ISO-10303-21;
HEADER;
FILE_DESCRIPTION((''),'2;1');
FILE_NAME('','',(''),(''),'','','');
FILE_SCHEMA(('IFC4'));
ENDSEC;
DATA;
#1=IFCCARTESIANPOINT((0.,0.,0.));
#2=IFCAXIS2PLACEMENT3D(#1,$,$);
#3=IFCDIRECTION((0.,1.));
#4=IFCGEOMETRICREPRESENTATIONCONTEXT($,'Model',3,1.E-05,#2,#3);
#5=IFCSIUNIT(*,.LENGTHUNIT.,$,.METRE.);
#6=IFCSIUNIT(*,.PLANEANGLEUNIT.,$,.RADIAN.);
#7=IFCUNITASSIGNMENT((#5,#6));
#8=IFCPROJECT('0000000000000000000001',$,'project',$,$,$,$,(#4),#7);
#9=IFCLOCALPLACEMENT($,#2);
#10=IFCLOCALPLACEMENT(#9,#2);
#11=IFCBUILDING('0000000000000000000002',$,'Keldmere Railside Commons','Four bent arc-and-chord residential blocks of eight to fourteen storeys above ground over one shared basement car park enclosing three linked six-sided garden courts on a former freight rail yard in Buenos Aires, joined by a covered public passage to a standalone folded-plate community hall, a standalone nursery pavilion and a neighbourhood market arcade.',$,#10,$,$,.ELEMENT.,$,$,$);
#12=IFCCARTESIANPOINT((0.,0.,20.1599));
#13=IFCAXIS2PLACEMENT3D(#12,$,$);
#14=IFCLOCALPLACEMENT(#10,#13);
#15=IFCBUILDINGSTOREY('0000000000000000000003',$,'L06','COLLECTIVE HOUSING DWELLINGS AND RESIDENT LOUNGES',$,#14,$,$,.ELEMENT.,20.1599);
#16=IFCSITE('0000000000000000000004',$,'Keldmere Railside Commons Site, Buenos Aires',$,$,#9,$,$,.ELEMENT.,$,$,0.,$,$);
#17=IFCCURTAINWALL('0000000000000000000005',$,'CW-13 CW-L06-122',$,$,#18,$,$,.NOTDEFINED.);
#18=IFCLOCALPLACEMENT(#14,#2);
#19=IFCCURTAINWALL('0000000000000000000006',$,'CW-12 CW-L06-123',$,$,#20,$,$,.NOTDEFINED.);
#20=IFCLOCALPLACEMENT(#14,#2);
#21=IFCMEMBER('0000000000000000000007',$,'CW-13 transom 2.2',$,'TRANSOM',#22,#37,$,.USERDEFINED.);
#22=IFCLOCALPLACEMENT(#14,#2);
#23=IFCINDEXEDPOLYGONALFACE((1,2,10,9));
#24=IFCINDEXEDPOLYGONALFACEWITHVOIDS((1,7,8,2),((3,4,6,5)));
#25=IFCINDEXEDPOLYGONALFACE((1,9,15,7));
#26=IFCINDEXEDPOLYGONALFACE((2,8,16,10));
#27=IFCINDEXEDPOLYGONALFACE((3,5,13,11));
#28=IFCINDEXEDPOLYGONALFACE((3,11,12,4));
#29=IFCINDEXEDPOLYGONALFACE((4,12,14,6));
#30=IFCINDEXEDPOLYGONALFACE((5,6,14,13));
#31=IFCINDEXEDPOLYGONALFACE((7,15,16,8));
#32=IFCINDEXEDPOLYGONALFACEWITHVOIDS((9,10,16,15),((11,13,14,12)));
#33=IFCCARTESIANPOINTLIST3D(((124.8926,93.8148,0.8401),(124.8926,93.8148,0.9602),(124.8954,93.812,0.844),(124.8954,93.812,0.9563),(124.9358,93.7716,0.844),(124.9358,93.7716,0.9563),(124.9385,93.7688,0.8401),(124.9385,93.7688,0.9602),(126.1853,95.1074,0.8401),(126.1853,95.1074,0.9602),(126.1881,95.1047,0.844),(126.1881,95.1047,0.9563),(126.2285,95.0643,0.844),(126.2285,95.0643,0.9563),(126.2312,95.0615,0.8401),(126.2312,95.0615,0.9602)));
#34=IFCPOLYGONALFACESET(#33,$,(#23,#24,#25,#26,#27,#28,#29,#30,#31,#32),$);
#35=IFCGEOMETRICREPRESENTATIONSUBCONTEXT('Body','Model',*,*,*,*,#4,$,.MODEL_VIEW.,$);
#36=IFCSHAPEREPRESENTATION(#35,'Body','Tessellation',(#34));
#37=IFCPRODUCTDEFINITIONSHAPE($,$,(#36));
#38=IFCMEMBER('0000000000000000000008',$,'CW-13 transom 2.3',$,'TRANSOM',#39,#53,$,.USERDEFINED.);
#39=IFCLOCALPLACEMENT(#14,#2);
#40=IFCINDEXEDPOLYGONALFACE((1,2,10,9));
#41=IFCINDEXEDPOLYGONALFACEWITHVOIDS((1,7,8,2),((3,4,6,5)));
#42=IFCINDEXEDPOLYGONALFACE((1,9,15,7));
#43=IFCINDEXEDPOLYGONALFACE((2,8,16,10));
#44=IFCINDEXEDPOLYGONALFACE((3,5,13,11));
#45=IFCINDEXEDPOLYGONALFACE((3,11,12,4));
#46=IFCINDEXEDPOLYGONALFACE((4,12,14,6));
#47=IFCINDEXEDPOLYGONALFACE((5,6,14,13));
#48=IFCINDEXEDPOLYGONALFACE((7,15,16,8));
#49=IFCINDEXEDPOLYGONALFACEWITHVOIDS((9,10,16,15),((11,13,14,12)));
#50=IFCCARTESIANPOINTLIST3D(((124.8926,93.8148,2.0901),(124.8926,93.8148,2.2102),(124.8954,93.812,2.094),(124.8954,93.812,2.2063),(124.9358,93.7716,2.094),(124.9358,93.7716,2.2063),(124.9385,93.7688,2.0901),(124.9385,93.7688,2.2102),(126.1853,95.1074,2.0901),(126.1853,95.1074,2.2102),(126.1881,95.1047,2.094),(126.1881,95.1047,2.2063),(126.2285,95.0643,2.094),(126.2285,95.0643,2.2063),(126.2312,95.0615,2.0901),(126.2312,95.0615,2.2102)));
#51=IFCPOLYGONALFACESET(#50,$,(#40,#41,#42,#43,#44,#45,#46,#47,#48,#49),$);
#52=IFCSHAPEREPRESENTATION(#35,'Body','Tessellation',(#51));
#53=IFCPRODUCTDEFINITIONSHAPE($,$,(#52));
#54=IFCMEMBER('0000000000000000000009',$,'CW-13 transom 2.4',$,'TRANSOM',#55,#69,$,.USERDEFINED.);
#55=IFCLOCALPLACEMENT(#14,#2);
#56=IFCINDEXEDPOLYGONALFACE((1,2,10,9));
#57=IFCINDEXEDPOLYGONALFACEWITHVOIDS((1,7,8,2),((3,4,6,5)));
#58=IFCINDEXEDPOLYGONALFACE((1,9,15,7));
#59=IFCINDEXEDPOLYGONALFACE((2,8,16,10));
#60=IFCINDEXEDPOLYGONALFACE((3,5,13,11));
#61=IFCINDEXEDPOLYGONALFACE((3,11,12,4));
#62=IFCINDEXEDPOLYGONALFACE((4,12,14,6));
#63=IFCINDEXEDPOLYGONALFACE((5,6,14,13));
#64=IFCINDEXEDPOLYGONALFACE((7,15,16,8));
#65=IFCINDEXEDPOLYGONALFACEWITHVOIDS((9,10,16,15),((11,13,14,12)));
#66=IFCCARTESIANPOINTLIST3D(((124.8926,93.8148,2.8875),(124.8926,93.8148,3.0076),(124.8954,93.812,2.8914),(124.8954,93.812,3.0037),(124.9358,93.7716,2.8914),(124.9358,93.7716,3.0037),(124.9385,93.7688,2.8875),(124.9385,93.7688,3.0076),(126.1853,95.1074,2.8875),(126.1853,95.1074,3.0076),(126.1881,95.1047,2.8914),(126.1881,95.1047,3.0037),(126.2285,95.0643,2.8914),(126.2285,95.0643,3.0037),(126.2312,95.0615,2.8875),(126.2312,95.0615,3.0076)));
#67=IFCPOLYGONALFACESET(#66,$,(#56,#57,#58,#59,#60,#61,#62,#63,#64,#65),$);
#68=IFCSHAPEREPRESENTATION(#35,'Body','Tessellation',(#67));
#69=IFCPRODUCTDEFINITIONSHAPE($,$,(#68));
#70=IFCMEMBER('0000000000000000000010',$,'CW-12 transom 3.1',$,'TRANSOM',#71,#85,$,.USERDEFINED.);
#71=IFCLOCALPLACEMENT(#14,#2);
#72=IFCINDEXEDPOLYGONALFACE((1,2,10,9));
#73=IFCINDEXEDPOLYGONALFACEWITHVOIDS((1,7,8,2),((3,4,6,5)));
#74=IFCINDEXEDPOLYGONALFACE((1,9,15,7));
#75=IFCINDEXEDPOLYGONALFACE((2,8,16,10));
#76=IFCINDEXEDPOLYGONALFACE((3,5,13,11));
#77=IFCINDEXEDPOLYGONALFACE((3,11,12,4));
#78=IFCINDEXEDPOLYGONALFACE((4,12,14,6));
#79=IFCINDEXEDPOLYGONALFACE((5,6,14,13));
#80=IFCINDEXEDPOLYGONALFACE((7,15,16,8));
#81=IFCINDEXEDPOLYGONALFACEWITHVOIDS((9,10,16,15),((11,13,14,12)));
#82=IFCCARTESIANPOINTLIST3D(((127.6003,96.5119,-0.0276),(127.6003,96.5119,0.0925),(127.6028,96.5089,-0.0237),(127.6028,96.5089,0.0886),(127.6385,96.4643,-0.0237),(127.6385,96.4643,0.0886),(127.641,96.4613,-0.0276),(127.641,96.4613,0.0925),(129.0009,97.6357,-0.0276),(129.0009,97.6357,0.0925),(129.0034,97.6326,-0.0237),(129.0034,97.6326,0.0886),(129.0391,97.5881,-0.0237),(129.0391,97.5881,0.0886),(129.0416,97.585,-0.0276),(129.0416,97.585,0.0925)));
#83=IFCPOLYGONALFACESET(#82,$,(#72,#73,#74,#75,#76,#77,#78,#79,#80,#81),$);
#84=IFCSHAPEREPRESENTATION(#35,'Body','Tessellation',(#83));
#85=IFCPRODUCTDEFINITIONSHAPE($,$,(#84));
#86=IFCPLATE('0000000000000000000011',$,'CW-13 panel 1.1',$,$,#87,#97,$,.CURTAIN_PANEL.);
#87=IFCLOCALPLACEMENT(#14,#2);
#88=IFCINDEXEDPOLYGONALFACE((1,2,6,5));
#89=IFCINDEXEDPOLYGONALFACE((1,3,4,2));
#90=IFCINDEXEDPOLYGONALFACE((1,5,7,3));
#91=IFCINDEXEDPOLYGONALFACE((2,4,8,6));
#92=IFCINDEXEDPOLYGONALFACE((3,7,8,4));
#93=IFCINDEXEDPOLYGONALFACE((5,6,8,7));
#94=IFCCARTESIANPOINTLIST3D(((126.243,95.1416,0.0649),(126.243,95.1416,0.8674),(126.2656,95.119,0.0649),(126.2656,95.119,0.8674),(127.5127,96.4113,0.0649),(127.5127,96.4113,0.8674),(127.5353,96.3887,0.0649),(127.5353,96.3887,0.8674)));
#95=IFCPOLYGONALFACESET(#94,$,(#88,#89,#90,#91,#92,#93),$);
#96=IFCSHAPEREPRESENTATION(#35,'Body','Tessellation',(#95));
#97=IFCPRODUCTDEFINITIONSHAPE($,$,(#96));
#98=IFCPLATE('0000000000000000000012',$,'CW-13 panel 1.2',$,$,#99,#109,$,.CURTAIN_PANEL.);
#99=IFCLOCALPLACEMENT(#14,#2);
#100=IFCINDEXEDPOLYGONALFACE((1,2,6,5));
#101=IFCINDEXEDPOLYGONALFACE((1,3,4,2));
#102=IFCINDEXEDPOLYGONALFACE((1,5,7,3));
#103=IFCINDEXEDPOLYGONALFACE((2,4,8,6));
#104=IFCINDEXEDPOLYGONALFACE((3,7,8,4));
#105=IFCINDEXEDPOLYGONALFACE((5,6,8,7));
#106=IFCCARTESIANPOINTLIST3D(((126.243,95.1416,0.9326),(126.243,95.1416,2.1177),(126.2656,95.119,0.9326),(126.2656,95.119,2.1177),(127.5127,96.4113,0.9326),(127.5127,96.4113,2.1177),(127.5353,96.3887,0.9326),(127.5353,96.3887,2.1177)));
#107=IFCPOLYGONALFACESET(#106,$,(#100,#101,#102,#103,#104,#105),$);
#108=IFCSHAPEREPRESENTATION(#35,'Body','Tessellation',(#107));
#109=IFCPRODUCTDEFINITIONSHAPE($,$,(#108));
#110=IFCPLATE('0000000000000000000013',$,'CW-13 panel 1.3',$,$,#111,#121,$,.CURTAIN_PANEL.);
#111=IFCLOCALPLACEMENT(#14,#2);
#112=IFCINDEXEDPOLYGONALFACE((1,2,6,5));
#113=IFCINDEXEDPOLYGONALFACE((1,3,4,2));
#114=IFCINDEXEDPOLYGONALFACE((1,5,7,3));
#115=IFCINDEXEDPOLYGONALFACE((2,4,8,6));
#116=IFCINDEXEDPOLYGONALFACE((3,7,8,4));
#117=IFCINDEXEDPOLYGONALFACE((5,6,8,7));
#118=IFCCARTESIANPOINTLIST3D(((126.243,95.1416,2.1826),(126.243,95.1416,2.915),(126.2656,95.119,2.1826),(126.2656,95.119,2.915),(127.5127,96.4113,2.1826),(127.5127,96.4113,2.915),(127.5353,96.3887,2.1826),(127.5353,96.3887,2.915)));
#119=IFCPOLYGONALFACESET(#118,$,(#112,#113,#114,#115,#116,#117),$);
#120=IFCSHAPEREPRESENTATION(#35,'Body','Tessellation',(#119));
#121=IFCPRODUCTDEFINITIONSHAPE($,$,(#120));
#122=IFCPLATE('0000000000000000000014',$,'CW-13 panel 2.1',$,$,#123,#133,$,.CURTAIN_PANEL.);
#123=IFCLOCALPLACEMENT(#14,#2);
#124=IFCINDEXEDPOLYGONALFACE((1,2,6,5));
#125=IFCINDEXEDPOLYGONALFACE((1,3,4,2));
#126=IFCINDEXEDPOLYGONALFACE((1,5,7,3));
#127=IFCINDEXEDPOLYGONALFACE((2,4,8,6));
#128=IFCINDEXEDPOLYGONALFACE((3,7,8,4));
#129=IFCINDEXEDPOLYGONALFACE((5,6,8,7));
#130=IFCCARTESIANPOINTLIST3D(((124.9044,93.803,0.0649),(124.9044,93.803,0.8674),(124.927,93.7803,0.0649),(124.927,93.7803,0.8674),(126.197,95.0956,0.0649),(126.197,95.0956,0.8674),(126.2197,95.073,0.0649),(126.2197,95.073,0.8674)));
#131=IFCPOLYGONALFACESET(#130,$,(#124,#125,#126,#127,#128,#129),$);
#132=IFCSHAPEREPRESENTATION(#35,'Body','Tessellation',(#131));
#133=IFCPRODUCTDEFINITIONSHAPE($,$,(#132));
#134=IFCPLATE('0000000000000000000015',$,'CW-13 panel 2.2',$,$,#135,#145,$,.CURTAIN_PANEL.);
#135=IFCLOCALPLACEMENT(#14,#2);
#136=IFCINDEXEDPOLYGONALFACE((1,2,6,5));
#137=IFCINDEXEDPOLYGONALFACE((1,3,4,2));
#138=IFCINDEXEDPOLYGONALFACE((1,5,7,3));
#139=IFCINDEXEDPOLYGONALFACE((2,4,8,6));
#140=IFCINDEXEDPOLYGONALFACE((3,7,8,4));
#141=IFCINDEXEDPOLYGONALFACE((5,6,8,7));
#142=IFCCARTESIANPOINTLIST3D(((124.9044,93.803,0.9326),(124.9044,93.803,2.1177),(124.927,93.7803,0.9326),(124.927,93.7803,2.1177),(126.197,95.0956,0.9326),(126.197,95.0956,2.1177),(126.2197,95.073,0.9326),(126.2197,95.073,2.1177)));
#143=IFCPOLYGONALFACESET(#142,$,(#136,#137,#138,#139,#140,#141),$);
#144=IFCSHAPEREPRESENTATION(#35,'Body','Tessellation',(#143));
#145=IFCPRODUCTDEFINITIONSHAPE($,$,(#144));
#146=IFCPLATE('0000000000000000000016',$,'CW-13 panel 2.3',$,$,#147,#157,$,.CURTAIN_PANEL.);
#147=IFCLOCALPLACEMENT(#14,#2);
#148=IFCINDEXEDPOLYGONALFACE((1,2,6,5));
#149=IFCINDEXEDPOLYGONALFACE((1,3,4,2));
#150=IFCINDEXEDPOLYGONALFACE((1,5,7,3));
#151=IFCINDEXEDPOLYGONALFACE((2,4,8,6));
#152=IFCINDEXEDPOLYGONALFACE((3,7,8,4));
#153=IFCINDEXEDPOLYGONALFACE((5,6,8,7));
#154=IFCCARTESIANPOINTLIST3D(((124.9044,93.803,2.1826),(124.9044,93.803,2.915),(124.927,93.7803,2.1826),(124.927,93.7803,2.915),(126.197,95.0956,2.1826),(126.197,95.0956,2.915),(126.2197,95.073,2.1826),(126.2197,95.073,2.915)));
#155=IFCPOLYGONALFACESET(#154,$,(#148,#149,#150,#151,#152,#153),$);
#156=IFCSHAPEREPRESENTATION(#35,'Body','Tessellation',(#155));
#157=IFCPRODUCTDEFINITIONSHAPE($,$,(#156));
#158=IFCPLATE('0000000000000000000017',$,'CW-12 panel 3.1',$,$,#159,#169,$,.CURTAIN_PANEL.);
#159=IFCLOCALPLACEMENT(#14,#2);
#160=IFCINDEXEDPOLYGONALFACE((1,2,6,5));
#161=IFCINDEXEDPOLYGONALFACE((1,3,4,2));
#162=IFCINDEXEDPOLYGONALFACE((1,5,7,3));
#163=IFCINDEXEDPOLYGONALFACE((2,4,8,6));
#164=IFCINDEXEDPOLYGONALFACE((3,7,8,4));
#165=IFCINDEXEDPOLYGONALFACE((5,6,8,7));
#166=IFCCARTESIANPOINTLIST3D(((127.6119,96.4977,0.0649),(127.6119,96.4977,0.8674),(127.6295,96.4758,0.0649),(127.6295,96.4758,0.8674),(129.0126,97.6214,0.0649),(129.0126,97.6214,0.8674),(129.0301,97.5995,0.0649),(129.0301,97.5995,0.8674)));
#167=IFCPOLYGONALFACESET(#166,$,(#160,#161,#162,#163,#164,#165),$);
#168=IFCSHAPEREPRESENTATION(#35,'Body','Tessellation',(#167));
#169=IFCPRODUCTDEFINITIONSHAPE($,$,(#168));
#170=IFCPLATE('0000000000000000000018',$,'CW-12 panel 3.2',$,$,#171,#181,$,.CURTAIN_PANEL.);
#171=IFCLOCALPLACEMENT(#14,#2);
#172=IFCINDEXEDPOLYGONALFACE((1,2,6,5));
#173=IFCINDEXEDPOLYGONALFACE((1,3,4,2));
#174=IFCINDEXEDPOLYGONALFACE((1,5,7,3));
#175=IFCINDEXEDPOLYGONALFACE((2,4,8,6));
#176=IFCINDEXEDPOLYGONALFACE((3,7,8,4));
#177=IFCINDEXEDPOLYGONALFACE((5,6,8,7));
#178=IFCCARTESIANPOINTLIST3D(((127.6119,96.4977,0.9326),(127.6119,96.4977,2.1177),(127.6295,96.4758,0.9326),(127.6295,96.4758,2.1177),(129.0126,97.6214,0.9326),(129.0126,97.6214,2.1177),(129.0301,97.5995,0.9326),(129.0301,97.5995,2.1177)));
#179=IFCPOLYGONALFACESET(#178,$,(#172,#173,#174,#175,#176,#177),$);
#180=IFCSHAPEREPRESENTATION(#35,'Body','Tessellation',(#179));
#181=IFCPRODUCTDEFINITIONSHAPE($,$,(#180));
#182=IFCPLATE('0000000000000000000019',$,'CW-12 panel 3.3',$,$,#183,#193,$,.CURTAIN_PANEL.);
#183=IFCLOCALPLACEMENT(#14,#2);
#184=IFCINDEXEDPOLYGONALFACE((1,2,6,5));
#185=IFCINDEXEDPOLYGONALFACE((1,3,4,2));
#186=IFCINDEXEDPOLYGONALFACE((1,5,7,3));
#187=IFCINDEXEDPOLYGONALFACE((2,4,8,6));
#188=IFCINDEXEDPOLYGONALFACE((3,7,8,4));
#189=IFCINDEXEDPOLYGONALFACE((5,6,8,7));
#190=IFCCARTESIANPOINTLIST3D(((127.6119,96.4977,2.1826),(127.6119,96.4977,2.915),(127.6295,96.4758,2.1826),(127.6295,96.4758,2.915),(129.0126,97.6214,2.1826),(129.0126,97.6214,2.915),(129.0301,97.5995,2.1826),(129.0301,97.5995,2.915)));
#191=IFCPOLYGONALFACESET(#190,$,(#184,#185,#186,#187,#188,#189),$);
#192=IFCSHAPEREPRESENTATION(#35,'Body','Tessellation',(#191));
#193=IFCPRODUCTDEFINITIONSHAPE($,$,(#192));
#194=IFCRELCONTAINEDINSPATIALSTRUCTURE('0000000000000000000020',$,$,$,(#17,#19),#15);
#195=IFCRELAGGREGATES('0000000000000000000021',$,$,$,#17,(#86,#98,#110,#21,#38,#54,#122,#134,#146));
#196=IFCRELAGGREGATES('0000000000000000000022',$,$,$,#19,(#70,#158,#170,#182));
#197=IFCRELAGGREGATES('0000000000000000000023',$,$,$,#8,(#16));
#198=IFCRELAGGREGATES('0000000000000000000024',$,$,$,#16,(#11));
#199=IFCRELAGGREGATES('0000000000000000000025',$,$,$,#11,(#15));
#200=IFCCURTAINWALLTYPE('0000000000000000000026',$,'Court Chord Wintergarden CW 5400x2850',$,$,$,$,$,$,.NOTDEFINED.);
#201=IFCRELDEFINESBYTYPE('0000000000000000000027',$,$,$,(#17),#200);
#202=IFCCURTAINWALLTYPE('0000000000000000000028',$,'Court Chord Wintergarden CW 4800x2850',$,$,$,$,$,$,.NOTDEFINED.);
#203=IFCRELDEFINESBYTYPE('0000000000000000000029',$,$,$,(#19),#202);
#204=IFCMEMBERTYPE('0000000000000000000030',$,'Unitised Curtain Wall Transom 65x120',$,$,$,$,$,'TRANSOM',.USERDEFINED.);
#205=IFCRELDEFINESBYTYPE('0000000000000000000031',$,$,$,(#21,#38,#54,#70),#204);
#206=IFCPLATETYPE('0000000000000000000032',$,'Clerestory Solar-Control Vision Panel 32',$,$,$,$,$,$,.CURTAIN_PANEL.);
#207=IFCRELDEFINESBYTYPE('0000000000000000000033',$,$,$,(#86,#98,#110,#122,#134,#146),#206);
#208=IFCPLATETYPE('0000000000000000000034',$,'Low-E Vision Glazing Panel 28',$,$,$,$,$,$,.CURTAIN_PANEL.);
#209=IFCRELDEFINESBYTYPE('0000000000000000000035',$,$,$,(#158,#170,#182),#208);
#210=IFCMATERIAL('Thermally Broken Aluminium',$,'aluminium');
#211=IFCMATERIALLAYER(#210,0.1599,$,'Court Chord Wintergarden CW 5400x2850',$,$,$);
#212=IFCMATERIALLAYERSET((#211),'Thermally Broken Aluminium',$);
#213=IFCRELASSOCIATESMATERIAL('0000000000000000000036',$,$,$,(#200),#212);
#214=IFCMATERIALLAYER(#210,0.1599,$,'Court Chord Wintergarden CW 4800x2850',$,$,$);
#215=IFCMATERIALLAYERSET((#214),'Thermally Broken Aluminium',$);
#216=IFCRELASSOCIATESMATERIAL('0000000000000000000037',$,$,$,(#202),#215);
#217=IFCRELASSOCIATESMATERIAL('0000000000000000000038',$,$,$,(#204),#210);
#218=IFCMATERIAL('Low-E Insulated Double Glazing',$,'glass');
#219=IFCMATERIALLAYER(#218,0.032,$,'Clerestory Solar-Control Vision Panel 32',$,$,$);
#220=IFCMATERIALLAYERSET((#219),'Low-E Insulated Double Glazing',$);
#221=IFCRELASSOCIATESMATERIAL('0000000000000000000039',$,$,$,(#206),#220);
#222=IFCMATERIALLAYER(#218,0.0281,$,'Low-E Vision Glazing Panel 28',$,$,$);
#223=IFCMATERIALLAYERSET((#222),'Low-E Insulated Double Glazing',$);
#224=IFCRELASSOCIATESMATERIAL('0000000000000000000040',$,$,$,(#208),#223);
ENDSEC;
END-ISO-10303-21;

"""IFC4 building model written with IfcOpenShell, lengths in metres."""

from ifc_helpers import new_model, si_unit, direction, frame, origin, origin_2d, place, context, subcontext, project, spatial, rectangle, hollow_rectangle, extrude, material, layer, layer_set, material_profile, profile_set, type_object, element, aggregate, save


model = new_model("IFC4")

# Units and contexts
model_context = context("Model", 3, precision=1e-05, world=origin(), true_north=direction((0.0, 1.0)))
body_context = subcontext(model_context, "Body", "Model", "MODEL_VIEW")
ifc_project = project(units=[si_unit("LENGTHUNIT", "METRE"), si_unit("PLANEANGLEUNIT", "RADIAN")], contexts=[model_context])

# Site, building, storey
site_placement = place(None, origin())
site = spatial("IfcSite", under=ifc_project, at=site_placement, Name="Keldmere Railside Commons Site, Buenos Aires", CompositionType="ELEMENT", RefElevation=0.0)
building_placement = place(site_placement, origin())
building = spatial("IfcBuilding", under=site, at=building_placement, Name="Keldmere Railside Commons", Description="Four bent arc-and-chord residential blocks of eight to fourteen storeys above ground over one shared basement car park enclosing three linked six-sided garden courts on a former freight rail yard in Buenos Aires, joined by a covered public passage to a standalone folded-plate community hall, a standalone nursery pavilion and a neighbourhood market arcade.", CompositionType="ELEMENT")
storey_placement = place(building_placement, frame((0.0, 0.0, 20.1599)))
storey = spatial("IfcBuildingStorey", under=building, at=storey_placement, Name="L06", Description="COLLECTIVE HOUSING DWELLINGS AND RESIDENT LOUNGES", CompositionType="ELEMENT", Elevation=20.1599)

# Curtain wall
ifc_material_1 = material(Name="Thermally Broken Aluminium", Category="aluminium")
ifc_layer_1 = layer(ifc_material_1, 0.1599, Name="Court Chord Wintergarden CW 5400x2850")
ifc_layer_set_1 = layer_set([ifc_layer_1], Name="Thermally Broken Aluminium")
curtain_wall_type_1 = type_object("IfcCurtainWallType", Name="Court Chord Wintergarden CW 5400x2850", PredefinedType="NOTDEFINED", material=ifc_layer_set_1)
curtain_wall_1_placement = place(storey_placement, origin())
curtain_wall_1 = element("IfcCurtainWall", 1, at=curtain_wall_1_placement, inside=storey, type_object=curtain_wall_type_1, Name="CW-13 CW-L06-122", PredefinedType="NOTDEFINED")

# Curtain wall
ifc_layer_2 = layer(ifc_material_1, 0.1599, Name="Court Chord Wintergarden CW 4800x2850")
ifc_layer_set_2 = layer_set([ifc_layer_2], Name="Thermally Broken Aluminium")
curtain_wall_type_2 = type_object("IfcCurtainWallType", Name="Court Chord Wintergarden CW 4800x2850", PredefinedType="NOTDEFINED", material=ifc_layer_set_2)
curtain_wall_2_placement = place(storey_placement, origin())
curtain_wall_2 = element("IfcCurtainWall", 2, at=curtain_wall_2_placement, inside=storey, type_object=curtain_wall_type_2, Name="CW-12 CW-L06-123", PredefinedType="NOTDEFINED")

# Members
ifc_material_profile_1 = material_profile(ifc_material_1, hollow_rectangle(XDim=0.0649, YDim=0.1201, WallThickness=0.0039, at=origin_2d()), Name="ALU-TRAN-65x120")
ifc_profile_set_1 = profile_set([ifc_material_profile_1], Name="Thermally Broken Aluminium")
member_type_1 = type_object("IfcMemberType", Name="Unitised Curtain Wall Transom 65x120", ElementType="TRANSOM", PredefinedType="USERDEFINED", material=ifc_profile_set_1)
member_1_placement = place(storey_placement, frame((126.2083, 95.0845, 0.9001), z_axis=(-0.707107, -0.707107, 0.0), x_axis=(0.707107, -0.707107, 0.0)))
member_1 = element("IfcMember", 3, at=member_1_placement, type_object=member_type_1, Name="CW-13 transom 2.2", ObjectType="TRANSOM", PredefinedType="USERDEFINED", context=body_context, shape_type="SweptSolid", body=[
    extrude(hollow_rectangle(XDim=0.0649, YDim=0.1201, WallThickness=0.0039, at=origin_2d()), origin(), (0.0, 0.0, 1.0), 1.8281),
])
member_2_placement = place(storey_placement, frame((126.2083, 95.0845, 2.1501), z_axis=(-0.707107, -0.707107, 0.0), x_axis=(0.707107, -0.707107, 0.0)))
member_2 = element("IfcMember", 4, at=member_2_placement, type_object=member_type_1, Name="CW-13 transom 2.3", ObjectType="TRANSOM", PredefinedType="USERDEFINED", context=body_context, shape_type="SweptSolid", body=[
    extrude(hollow_rectangle(XDim=0.0649, YDim=0.1201, WallThickness=0.0039, at=origin_2d()), origin(), (0.0, 0.0, 1.0), 1.8281),
])
member_3_placement = place(storey_placement, frame((126.2083, 95.0845, 2.9475), z_axis=(-0.707107, -0.707107, 0.0), x_axis=(0.707107, -0.707107, 0.0)))
member_3 = element("IfcMember", 5, at=member_3_placement, type_object=member_type_1, Name="CW-13 transom 2.4", ObjectType="TRANSOM", PredefinedType="USERDEFINED", context=body_context, shape_type="SweptSolid", body=[
    extrude(hollow_rectangle(XDim=0.0649, YDim=0.1201, WallThickness=0.0039, at=origin_2d()), origin(), (0.0, 0.0, 1.0), 1.8281),
])
member_4_placement = place(storey_placement, frame((129.0212, 97.6104, 0.0325), z_axis=(-0.779979, -0.625805, 0.0), x_axis=(0.625805, -0.779979, 0.0)))
member_4 = element("IfcMember", 6, at=member_4_placement, type_object=member_type_1, Name="CW-12 transom 3.1", ObjectType="TRANSOM", PredefinedType="USERDEFINED", context=body_context, shape_type="SweptSolid", body=[
    extrude(hollow_rectangle(XDim=0.0649, YDim=0.1201, WallThickness=0.0039, at=origin_2d()), origin(), (0.0, 0.0, 1.0), 1.7957),
])

# Plates
ifc_material_2 = material(Name="Low-E Insulated Double Glazing", Category="glass")
ifc_layer_3 = layer(ifc_material_2, 0.032, Name="Clerestory Solar-Control Vision Panel 32")
ifc_layer_set_3 = layer_set([ifc_layer_3], Name="Low-E Insulated Double Glazing")
plate_type_1 = type_object("IfcPlateType", Name="Clerestory Solar-Control Vision Panel 32", PredefinedType="CURTAIN_PANEL", material=ifc_layer_set_3)
plate_1_placement = place(storey_placement, frame((126.8892, 95.7651, 0.0649), z_axis=(0.0, 0.0, 1.0), x_axis=(-0.707107, -0.707107, 0.0)))
plate_1 = element("IfcPlate", 7, at=plate_1_placement, type_object=plate_type_1, Name="CW-13 panel 1.1", PredefinedType="CURTAIN_PANEL", context=body_context, shape_type="SweptSolid", body=[
    extrude(rectangle(XDim=1.7957, YDim=0.032, at=origin_2d()), origin(), (0.0, 0.0, 1.0), 0.8025),
])
plate_2_placement = place(storey_placement, frame((126.8892, 95.7651, 0.9326), z_axis=(0.0, 0.0, 1.0), x_axis=(-0.707107, -0.707107, 0.0)))
plate_2 = element("IfcPlate", 8, at=plate_2_placement, type_object=plate_type_1, Name="CW-13 panel 1.2", PredefinedType="CURTAIN_PANEL", context=body_context, shape_type="SweptSolid", body=[
    extrude(rectangle(XDim=1.7957, YDim=0.032, at=origin_2d()), origin(), (0.0, 0.0, 1.0), 1.1851),
])
plate_3_placement = place(storey_placement, frame((126.8892, 95.7651, 2.1826), z_axis=(0.0, 0.0, 1.0), x_axis=(-0.707107, -0.707107, 0.0)))
plate_3 = element("IfcPlate", 9, at=plate_3_placement, type_object=plate_type_1, Name="CW-13 panel 1.3", PredefinedType="CURTAIN_PANEL", context=body_context, shape_type="SweptSolid", body=[
    extrude(rectangle(XDim=1.7957, YDim=0.032, at=origin_2d()), origin(), (0.0, 0.0, 1.0), 0.7324),
])
plate_4_placement = place(storey_placement, frame((125.562, 94.438, 0.0649), z_axis=(0.0, 0.0, 1.0), x_axis=(-0.707107, -0.707107, 0.0)))
plate_4 = element("IfcPlate", 10, at=plate_4_placement, type_object=plate_type_1, Name="CW-13 panel 2.1", PredefinedType="CURTAIN_PANEL", context=body_context, shape_type="SweptSolid", body=[
    extrude(rectangle(XDim=1.8281, YDim=0.032, at=origin_2d()), origin(), (0.0, 0.0, 1.0), 0.8025),
])
plate_5_placement = place(storey_placement, frame((125.562, 94.438, 0.9326), z_axis=(0.0, 0.0, 1.0), x_axis=(-0.707107, -0.707107, 0.0)))
plate_5 = element("IfcPlate", 11, at=plate_5_placement, type_object=plate_type_1, Name="CW-13 panel 2.2", PredefinedType="CURTAIN_PANEL", context=body_context, shape_type="SweptSolid", body=[
    extrude(rectangle(XDim=1.8281, YDim=0.032, at=origin_2d()), origin(), (0.0, 0.0, 1.0), 1.1851),
])
plate_6_placement = place(storey_placement, frame((125.562, 94.438, 2.1826), z_axis=(0.0, 0.0, 1.0), x_axis=(-0.707107, -0.707107, 0.0)))
plate_6 = element("IfcPlate", 12, at=plate_6_placement, type_object=plate_type_1, Name="CW-13 panel 2.3", PredefinedType="CURTAIN_PANEL", context=body_context, shape_type="SweptSolid", body=[
    extrude(rectangle(XDim=1.8281, YDim=0.032, at=origin_2d()), origin(), (0.0, 0.0, 1.0), 0.7324),
])
aggregate(curtain_wall_1, [plate_1, plate_2, plate_3, member_1, member_2, member_3, plate_4, plate_5, plate_6])
ifc_layer_4 = layer(ifc_material_2, 0.0281, Name="Low-E Vision Glazing Panel 28")
ifc_layer_set_4 = layer_set([ifc_layer_4], Name="Low-E Insulated Double Glazing")
plate_type_2 = type_object("IfcPlateType", Name="Low-E Vision Glazing Panel 28", PredefinedType="CURTAIN_PANEL", material=ifc_layer_set_4)
plate_7_placement = place(storey_placement, frame((128.321, 97.0486, 0.0649), z_axis=(0.0, 0.0, 1.0), x_axis=(-0.780009, -0.625768, 0.0)))
plate_7 = element("IfcPlate", 13, at=plate_7_placement, type_object=plate_type_2, Name="CW-12 panel 3.1", PredefinedType="CURTAIN_PANEL", context=body_context, shape_type="SweptSolid", body=[
    extrude(rectangle(XDim=1.7957, YDim=0.0281, at=origin_2d()), origin(), (0.0, 0.0, 1.0), 0.8025),
])
plate_8_placement = place(storey_placement, frame((128.321, 97.0486, 0.9326), z_axis=(0.0, 0.0, 1.0), x_axis=(-0.780009, -0.625768, 0.0)))
plate_8 = element("IfcPlate", 14, at=plate_8_placement, type_object=plate_type_2, Name="CW-12 panel 3.2", PredefinedType="CURTAIN_PANEL", context=body_context, shape_type="SweptSolid", body=[
    extrude(rectangle(XDim=1.7957, YDim=0.0281, at=origin_2d()), origin(), (0.0, 0.0, 1.0), 1.1851),
])
plate_9_placement = place(storey_placement, frame((128.321, 97.0486, 2.1826), z_axis=(0.0, 0.0, 1.0), x_axis=(-0.780009, -0.625768, 0.0)))
plate_9 = element("IfcPlate", 15, at=plate_9_placement, type_object=plate_type_2, Name="CW-12 panel 3.3", PredefinedType="CURTAIN_PANEL", context=body_context, shape_type="SweptSolid", body=[
    extrude(rectangle(XDim=1.7957, YDim=0.0281, at=origin_2d()), origin(), (0.0, 0.0, 1.0), 0.7324),
])
aggregate(curtain_wall_2, [member_4, plate_7, plate_8, plate_9])

save(model, "model.ifc")
